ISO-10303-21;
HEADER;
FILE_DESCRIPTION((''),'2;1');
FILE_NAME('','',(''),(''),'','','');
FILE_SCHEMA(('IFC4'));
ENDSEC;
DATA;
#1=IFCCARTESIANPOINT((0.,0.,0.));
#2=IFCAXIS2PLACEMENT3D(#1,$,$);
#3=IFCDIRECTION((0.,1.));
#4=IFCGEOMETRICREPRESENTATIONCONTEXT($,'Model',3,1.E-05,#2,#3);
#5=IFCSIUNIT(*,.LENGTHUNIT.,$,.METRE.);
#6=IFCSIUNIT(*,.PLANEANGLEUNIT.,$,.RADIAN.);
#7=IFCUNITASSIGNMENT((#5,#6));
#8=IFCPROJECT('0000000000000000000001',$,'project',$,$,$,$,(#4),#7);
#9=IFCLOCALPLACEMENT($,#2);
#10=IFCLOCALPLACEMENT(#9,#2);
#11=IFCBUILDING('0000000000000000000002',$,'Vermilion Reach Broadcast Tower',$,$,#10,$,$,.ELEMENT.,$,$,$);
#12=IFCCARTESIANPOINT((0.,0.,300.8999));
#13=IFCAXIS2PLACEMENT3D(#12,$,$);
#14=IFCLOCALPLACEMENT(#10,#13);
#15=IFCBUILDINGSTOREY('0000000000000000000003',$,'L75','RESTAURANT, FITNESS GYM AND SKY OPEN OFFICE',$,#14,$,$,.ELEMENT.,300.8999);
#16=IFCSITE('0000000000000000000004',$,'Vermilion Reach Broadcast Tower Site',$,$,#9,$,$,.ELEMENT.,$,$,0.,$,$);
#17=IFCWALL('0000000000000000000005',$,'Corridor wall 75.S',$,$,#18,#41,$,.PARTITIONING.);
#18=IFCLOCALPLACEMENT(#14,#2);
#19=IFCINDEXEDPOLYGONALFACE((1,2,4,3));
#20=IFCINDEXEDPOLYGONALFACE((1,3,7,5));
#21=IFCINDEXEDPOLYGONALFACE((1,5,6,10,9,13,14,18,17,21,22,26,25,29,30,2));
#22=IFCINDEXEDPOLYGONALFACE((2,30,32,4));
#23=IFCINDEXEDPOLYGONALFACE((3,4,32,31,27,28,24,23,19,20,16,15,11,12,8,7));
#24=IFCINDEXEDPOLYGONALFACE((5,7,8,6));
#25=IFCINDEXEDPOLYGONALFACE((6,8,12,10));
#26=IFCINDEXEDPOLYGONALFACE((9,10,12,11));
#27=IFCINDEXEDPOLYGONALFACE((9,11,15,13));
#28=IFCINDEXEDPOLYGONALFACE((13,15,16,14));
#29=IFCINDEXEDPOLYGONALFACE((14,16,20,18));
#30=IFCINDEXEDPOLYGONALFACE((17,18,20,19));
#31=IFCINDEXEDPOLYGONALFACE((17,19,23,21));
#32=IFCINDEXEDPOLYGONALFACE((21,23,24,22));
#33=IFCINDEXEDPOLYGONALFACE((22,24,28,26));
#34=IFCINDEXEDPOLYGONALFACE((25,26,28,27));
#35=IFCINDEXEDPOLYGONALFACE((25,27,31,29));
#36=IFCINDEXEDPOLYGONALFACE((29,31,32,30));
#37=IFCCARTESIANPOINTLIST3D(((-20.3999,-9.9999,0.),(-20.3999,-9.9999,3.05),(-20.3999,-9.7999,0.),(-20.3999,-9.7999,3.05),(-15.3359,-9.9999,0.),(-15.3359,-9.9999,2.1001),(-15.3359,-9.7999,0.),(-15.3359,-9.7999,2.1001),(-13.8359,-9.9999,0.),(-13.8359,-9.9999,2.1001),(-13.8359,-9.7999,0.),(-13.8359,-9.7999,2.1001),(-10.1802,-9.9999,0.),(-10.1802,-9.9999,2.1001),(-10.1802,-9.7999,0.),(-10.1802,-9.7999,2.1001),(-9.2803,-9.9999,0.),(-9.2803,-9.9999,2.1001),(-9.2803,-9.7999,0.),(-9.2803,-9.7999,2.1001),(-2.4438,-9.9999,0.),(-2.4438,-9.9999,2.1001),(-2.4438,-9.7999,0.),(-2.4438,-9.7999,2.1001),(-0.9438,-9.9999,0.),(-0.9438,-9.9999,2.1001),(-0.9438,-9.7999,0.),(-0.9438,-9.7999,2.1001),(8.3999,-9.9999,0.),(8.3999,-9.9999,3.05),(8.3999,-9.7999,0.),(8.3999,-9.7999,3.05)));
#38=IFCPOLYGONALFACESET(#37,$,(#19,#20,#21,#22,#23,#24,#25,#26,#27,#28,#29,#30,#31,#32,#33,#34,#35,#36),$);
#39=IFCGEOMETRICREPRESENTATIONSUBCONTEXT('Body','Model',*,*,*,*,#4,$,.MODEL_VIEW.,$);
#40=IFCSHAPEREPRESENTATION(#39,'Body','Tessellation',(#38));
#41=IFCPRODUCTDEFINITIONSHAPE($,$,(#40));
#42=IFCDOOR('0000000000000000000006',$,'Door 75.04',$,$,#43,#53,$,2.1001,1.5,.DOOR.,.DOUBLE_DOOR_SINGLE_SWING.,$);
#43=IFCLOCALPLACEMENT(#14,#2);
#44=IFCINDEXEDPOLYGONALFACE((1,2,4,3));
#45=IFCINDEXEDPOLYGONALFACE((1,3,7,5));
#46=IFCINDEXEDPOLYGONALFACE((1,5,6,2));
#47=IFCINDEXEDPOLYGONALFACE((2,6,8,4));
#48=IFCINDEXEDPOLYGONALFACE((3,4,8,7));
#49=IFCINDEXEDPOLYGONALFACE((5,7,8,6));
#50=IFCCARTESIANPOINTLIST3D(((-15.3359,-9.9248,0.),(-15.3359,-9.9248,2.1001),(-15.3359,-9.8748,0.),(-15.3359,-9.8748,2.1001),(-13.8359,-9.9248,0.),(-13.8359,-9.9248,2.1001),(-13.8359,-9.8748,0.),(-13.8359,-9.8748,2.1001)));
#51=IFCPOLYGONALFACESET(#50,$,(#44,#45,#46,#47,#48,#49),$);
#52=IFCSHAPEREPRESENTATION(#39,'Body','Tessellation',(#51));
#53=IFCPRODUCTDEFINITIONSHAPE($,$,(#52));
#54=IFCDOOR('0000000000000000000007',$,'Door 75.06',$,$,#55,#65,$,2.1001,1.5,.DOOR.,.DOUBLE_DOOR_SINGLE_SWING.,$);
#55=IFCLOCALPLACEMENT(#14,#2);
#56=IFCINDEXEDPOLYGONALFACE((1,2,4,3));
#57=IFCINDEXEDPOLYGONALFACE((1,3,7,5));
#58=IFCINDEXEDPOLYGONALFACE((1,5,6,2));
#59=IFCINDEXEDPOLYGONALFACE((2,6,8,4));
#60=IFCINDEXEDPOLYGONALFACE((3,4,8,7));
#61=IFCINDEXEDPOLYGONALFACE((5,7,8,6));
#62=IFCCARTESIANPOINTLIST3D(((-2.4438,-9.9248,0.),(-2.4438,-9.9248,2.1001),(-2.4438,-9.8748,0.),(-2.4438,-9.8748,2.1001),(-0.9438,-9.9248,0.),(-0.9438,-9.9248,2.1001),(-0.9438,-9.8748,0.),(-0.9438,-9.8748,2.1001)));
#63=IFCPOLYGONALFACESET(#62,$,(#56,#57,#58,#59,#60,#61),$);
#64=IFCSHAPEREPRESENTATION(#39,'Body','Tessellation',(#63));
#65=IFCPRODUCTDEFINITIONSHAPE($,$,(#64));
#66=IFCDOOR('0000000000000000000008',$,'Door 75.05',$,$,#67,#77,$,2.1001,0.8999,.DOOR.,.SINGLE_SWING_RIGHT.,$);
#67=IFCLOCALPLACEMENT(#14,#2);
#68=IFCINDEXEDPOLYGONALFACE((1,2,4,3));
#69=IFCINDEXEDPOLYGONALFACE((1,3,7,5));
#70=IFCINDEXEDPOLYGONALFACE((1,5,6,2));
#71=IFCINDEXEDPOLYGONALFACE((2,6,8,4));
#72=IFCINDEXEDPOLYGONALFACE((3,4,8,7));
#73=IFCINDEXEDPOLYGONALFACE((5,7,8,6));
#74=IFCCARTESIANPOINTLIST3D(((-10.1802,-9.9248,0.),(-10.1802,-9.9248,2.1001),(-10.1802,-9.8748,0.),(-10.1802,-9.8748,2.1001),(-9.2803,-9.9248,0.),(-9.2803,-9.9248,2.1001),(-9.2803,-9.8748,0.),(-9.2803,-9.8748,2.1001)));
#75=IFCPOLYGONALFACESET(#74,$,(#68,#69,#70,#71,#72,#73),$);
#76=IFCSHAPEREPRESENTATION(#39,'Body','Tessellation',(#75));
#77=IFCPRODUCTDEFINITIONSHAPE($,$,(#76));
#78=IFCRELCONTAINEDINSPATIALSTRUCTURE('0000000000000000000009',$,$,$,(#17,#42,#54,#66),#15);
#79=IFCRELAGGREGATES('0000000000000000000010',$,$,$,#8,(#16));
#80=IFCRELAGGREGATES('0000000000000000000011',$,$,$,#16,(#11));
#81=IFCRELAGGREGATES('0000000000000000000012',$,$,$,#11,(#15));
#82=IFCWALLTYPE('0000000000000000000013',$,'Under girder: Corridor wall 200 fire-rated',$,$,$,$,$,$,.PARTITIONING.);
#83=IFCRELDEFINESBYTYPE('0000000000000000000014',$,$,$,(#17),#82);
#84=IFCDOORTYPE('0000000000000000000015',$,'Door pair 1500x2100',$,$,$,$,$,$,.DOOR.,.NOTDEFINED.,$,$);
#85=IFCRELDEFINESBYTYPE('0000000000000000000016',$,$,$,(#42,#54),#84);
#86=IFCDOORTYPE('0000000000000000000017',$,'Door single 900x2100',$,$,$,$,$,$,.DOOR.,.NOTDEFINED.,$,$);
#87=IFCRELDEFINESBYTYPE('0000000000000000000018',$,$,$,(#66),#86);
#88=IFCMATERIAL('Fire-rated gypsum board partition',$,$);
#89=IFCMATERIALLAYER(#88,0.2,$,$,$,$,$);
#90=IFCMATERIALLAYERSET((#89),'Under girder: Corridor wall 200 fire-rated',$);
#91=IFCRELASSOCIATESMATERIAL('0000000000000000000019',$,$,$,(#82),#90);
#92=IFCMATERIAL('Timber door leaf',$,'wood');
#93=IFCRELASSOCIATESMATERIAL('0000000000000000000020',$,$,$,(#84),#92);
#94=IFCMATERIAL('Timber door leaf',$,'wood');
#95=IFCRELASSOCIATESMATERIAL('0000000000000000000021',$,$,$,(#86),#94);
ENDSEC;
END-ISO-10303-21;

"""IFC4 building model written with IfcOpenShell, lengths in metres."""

from ifc_helpers import new_model, si_unit, direction, frame, frame_2d, origin, place, context, subcontext, project, spatial, rectangle, extrude, material, layer, layer_set, type_object, element, fill, save


model = new_model("IFC4")

# Units and contexts
model_context = context("Model", 3, precision=1e-05, world=origin(), true_north=direction((0.0, 1.0)))
body_context = subcontext(model_context, "Body", "Model", "MODEL_VIEW")
ifc_project = project(units=[si_unit("LENGTHUNIT", "METRE"), si_unit("PLANEANGLEUNIT", "RADIAN")], contexts=[model_context])

# Site, building, storey
site_placement = place(None, origin())
site = spatial("IfcSite", under=ifc_project, at=site_placement, Name="Vermilion Reach Broadcast Tower Site", CompositionType="ELEMENT", RefElevation=0.0)
building_placement = place(site_placement, origin())
building = spatial("IfcBuilding", under=site, at=building_placement, Name="Vermilion Reach Broadcast Tower", CompositionType="ELEMENT")
storey_placement = place(building_placement, frame((0.0, 0.0, 300.8999)))
storey = spatial("IfcBuildingStorey", under=building, at=storey_placement, Name="L75", Description="RESTAURANT, FITNESS GYM AND SKY OPEN OFFICE", CompositionType="ELEMENT", Elevation=300.8999)

# Wall, openings, doors
ifc_material_1 = material(Name="Fire-rated gypsum board partition")
ifc_layer_1 = layer(ifc_material_1, 0.2)
ifc_layer_set_1 = layer_set([ifc_layer_1], Name="Under girder: Corridor wall 200 fire-rated")
wall_type_1 = type_object("IfcWallType", Name="Under girder: Corridor wall 200 fire-rated", PredefinedType="PARTITIONING", material=ifc_layer_set_1)
wall_1_placement = place(storey_placement, frame((8.3999, -9.8999, 0.0), z_axis=(0.0, 0.0, 1.0), x_axis=(-1.0, 0.0, 0.0)))
wall_1 = element("IfcWall", 1, at=wall_1_placement, inside=storey, type_object=wall_type_1, Name="Corridor wall 75.S", PredefinedType="PARTITIONING", context=body_context, shape_type="SweptSolid", body=[
    extrude(rectangle(XDim=28.7998, YDim=0.2, at=frame_2d((14.3999, 0.0))), origin(), (0.0, 0.0, 1.0), 3.05),
])
opening_1_placement = place(wall_1_placement, frame((22.2358, 0.0, 0.0)))
opening_1 = element("IfcOpeningElement", 2, at=opening_1_placement, cuts=wall_1, PredefinedType="OPENING", context=body_context, shape_type="SweptSolid", body=[
    extrude(rectangle(XDim=1.5, YDim=2.1001, at=frame_2d((0.75, 1.05))), frame((0.0, 0.1099, 0.0), z_axis=(0.0, -1.0, 0.0), x_axis=(1.0, 0.0, 0.0)), (0.0, 0.0, 1.0), 0.22),
])
opening_2_placement = place(wall_1_placement, frame((17.6802, 0.0, 0.0)))
opening_2 = element("IfcOpeningElement", 3, at=opening_2_placement, cuts=wall_1, PredefinedType="OPENING", context=body_context, shape_type="SweptSolid", body=[
    extrude(rectangle(XDim=0.8999, YDim=2.1001, at=frame_2d((0.45, 1.05))), frame((0.0, 0.1099, 0.0), z_axis=(0.0, -1.0, 0.0), x_axis=(1.0, 0.0, 0.0)), (0.0, 0.0, 1.0), 0.22),
])
opening_3_placement = place(wall_1_placement, frame((9.3438, 0.0, 0.0)))
opening_3 = element("IfcOpeningElement", 4, at=opening_3_placement, cuts=wall_1, PredefinedType="OPENING", context=body_context, shape_type="SweptSolid", body=[
    extrude(rectangle(XDim=1.5, YDim=2.1001, at=frame_2d((0.75, 1.05))), frame((0.0, 0.1099, 0.0), z_axis=(0.0, -1.0, 0.0), x_axis=(1.0, 0.0, 0.0)), (0.0, 0.0, 1.0), 0.22),
])
ifc_material_2 = material(Name="Timber door leaf", Category="wood")
door_type_1 = type_object("IfcDoorType", Name="Door pair 1500x2100", OperationType="NOTDEFINED", PredefinedType="DOOR", material=ifc_material_2)
door_1_placement = place(opening_1_placement, origin())
door_1 = element("IfcDoor", 5, at=door_1_placement, inside=storey, type_object=door_type_1, Name="Door 75.04", OperationType="DOUBLE_DOOR_SINGLE_SWING", OverallHeight=2.1001, OverallWidth=1.5, PredefinedType="DOOR", context=body_context, shape_type="SweptSolid", body=[
    extrude(rectangle(XDim=1.5, YDim=2.1001, at=frame_2d((0.75, 1.05))), frame((0.0, 0.0249, 0.0), z_axis=(0.0, -1.0, 0.0), x_axis=(1.0, 0.0, 0.0)), (0.0, 0.0, 1.0), 0.05),
])
fill(opening_1, door_1)
door_2_placement = place(opening_3_placement, origin())
door_2 = element("IfcDoor", 6, at=door_2_placement, inside=storey, type_object=door_type_1, Name="Door 75.06", OperationType="DOUBLE_DOOR_SINGLE_SWING", OverallHeight=2.1001, OverallWidth=1.5, PredefinedType="DOOR", context=body_context, shape_type="SweptSolid", body=[
    extrude(rectangle(XDim=1.5, YDim=2.1001, at=frame_2d((0.75, 1.05))), frame((0.0, 0.0249, 0.0), z_axis=(0.0, -1.0, 0.0), x_axis=(1.0, 0.0, 0.0)), (0.0, 0.0, 1.0), 0.05),
])
fill(opening_3, door_2)
ifc_material_3 = material(Name="Timber door leaf", Category="wood")
door_type_2 = type_object("IfcDoorType", Name="Door single 900x2100", OperationType="NOTDEFINED", PredefinedType="DOOR", material=ifc_material_3)
door_3_placement = place(opening_2_placement, origin())
door_3 = element("IfcDoor", 7, at=door_3_placement, inside=storey, type_object=door_type_2, Name="Door 75.05", OperationType="SINGLE_SWING_RIGHT", OverallHeight=2.1001, OverallWidth=0.8999, PredefinedType="DOOR", context=body_context, shape_type="SweptSolid", body=[
    extrude(rectangle(XDim=0.8999, YDim=2.1001, at=frame_2d((0.45, 1.05))), frame((0.0, 0.0249, 0.0), z_axis=(0.0, -1.0, 0.0), x_axis=(1.0, 0.0, 0.0)), (0.0, 0.0, 1.0), 0.05),
])
fill(opening_2, door_3)

save(model, "model.ifc")
